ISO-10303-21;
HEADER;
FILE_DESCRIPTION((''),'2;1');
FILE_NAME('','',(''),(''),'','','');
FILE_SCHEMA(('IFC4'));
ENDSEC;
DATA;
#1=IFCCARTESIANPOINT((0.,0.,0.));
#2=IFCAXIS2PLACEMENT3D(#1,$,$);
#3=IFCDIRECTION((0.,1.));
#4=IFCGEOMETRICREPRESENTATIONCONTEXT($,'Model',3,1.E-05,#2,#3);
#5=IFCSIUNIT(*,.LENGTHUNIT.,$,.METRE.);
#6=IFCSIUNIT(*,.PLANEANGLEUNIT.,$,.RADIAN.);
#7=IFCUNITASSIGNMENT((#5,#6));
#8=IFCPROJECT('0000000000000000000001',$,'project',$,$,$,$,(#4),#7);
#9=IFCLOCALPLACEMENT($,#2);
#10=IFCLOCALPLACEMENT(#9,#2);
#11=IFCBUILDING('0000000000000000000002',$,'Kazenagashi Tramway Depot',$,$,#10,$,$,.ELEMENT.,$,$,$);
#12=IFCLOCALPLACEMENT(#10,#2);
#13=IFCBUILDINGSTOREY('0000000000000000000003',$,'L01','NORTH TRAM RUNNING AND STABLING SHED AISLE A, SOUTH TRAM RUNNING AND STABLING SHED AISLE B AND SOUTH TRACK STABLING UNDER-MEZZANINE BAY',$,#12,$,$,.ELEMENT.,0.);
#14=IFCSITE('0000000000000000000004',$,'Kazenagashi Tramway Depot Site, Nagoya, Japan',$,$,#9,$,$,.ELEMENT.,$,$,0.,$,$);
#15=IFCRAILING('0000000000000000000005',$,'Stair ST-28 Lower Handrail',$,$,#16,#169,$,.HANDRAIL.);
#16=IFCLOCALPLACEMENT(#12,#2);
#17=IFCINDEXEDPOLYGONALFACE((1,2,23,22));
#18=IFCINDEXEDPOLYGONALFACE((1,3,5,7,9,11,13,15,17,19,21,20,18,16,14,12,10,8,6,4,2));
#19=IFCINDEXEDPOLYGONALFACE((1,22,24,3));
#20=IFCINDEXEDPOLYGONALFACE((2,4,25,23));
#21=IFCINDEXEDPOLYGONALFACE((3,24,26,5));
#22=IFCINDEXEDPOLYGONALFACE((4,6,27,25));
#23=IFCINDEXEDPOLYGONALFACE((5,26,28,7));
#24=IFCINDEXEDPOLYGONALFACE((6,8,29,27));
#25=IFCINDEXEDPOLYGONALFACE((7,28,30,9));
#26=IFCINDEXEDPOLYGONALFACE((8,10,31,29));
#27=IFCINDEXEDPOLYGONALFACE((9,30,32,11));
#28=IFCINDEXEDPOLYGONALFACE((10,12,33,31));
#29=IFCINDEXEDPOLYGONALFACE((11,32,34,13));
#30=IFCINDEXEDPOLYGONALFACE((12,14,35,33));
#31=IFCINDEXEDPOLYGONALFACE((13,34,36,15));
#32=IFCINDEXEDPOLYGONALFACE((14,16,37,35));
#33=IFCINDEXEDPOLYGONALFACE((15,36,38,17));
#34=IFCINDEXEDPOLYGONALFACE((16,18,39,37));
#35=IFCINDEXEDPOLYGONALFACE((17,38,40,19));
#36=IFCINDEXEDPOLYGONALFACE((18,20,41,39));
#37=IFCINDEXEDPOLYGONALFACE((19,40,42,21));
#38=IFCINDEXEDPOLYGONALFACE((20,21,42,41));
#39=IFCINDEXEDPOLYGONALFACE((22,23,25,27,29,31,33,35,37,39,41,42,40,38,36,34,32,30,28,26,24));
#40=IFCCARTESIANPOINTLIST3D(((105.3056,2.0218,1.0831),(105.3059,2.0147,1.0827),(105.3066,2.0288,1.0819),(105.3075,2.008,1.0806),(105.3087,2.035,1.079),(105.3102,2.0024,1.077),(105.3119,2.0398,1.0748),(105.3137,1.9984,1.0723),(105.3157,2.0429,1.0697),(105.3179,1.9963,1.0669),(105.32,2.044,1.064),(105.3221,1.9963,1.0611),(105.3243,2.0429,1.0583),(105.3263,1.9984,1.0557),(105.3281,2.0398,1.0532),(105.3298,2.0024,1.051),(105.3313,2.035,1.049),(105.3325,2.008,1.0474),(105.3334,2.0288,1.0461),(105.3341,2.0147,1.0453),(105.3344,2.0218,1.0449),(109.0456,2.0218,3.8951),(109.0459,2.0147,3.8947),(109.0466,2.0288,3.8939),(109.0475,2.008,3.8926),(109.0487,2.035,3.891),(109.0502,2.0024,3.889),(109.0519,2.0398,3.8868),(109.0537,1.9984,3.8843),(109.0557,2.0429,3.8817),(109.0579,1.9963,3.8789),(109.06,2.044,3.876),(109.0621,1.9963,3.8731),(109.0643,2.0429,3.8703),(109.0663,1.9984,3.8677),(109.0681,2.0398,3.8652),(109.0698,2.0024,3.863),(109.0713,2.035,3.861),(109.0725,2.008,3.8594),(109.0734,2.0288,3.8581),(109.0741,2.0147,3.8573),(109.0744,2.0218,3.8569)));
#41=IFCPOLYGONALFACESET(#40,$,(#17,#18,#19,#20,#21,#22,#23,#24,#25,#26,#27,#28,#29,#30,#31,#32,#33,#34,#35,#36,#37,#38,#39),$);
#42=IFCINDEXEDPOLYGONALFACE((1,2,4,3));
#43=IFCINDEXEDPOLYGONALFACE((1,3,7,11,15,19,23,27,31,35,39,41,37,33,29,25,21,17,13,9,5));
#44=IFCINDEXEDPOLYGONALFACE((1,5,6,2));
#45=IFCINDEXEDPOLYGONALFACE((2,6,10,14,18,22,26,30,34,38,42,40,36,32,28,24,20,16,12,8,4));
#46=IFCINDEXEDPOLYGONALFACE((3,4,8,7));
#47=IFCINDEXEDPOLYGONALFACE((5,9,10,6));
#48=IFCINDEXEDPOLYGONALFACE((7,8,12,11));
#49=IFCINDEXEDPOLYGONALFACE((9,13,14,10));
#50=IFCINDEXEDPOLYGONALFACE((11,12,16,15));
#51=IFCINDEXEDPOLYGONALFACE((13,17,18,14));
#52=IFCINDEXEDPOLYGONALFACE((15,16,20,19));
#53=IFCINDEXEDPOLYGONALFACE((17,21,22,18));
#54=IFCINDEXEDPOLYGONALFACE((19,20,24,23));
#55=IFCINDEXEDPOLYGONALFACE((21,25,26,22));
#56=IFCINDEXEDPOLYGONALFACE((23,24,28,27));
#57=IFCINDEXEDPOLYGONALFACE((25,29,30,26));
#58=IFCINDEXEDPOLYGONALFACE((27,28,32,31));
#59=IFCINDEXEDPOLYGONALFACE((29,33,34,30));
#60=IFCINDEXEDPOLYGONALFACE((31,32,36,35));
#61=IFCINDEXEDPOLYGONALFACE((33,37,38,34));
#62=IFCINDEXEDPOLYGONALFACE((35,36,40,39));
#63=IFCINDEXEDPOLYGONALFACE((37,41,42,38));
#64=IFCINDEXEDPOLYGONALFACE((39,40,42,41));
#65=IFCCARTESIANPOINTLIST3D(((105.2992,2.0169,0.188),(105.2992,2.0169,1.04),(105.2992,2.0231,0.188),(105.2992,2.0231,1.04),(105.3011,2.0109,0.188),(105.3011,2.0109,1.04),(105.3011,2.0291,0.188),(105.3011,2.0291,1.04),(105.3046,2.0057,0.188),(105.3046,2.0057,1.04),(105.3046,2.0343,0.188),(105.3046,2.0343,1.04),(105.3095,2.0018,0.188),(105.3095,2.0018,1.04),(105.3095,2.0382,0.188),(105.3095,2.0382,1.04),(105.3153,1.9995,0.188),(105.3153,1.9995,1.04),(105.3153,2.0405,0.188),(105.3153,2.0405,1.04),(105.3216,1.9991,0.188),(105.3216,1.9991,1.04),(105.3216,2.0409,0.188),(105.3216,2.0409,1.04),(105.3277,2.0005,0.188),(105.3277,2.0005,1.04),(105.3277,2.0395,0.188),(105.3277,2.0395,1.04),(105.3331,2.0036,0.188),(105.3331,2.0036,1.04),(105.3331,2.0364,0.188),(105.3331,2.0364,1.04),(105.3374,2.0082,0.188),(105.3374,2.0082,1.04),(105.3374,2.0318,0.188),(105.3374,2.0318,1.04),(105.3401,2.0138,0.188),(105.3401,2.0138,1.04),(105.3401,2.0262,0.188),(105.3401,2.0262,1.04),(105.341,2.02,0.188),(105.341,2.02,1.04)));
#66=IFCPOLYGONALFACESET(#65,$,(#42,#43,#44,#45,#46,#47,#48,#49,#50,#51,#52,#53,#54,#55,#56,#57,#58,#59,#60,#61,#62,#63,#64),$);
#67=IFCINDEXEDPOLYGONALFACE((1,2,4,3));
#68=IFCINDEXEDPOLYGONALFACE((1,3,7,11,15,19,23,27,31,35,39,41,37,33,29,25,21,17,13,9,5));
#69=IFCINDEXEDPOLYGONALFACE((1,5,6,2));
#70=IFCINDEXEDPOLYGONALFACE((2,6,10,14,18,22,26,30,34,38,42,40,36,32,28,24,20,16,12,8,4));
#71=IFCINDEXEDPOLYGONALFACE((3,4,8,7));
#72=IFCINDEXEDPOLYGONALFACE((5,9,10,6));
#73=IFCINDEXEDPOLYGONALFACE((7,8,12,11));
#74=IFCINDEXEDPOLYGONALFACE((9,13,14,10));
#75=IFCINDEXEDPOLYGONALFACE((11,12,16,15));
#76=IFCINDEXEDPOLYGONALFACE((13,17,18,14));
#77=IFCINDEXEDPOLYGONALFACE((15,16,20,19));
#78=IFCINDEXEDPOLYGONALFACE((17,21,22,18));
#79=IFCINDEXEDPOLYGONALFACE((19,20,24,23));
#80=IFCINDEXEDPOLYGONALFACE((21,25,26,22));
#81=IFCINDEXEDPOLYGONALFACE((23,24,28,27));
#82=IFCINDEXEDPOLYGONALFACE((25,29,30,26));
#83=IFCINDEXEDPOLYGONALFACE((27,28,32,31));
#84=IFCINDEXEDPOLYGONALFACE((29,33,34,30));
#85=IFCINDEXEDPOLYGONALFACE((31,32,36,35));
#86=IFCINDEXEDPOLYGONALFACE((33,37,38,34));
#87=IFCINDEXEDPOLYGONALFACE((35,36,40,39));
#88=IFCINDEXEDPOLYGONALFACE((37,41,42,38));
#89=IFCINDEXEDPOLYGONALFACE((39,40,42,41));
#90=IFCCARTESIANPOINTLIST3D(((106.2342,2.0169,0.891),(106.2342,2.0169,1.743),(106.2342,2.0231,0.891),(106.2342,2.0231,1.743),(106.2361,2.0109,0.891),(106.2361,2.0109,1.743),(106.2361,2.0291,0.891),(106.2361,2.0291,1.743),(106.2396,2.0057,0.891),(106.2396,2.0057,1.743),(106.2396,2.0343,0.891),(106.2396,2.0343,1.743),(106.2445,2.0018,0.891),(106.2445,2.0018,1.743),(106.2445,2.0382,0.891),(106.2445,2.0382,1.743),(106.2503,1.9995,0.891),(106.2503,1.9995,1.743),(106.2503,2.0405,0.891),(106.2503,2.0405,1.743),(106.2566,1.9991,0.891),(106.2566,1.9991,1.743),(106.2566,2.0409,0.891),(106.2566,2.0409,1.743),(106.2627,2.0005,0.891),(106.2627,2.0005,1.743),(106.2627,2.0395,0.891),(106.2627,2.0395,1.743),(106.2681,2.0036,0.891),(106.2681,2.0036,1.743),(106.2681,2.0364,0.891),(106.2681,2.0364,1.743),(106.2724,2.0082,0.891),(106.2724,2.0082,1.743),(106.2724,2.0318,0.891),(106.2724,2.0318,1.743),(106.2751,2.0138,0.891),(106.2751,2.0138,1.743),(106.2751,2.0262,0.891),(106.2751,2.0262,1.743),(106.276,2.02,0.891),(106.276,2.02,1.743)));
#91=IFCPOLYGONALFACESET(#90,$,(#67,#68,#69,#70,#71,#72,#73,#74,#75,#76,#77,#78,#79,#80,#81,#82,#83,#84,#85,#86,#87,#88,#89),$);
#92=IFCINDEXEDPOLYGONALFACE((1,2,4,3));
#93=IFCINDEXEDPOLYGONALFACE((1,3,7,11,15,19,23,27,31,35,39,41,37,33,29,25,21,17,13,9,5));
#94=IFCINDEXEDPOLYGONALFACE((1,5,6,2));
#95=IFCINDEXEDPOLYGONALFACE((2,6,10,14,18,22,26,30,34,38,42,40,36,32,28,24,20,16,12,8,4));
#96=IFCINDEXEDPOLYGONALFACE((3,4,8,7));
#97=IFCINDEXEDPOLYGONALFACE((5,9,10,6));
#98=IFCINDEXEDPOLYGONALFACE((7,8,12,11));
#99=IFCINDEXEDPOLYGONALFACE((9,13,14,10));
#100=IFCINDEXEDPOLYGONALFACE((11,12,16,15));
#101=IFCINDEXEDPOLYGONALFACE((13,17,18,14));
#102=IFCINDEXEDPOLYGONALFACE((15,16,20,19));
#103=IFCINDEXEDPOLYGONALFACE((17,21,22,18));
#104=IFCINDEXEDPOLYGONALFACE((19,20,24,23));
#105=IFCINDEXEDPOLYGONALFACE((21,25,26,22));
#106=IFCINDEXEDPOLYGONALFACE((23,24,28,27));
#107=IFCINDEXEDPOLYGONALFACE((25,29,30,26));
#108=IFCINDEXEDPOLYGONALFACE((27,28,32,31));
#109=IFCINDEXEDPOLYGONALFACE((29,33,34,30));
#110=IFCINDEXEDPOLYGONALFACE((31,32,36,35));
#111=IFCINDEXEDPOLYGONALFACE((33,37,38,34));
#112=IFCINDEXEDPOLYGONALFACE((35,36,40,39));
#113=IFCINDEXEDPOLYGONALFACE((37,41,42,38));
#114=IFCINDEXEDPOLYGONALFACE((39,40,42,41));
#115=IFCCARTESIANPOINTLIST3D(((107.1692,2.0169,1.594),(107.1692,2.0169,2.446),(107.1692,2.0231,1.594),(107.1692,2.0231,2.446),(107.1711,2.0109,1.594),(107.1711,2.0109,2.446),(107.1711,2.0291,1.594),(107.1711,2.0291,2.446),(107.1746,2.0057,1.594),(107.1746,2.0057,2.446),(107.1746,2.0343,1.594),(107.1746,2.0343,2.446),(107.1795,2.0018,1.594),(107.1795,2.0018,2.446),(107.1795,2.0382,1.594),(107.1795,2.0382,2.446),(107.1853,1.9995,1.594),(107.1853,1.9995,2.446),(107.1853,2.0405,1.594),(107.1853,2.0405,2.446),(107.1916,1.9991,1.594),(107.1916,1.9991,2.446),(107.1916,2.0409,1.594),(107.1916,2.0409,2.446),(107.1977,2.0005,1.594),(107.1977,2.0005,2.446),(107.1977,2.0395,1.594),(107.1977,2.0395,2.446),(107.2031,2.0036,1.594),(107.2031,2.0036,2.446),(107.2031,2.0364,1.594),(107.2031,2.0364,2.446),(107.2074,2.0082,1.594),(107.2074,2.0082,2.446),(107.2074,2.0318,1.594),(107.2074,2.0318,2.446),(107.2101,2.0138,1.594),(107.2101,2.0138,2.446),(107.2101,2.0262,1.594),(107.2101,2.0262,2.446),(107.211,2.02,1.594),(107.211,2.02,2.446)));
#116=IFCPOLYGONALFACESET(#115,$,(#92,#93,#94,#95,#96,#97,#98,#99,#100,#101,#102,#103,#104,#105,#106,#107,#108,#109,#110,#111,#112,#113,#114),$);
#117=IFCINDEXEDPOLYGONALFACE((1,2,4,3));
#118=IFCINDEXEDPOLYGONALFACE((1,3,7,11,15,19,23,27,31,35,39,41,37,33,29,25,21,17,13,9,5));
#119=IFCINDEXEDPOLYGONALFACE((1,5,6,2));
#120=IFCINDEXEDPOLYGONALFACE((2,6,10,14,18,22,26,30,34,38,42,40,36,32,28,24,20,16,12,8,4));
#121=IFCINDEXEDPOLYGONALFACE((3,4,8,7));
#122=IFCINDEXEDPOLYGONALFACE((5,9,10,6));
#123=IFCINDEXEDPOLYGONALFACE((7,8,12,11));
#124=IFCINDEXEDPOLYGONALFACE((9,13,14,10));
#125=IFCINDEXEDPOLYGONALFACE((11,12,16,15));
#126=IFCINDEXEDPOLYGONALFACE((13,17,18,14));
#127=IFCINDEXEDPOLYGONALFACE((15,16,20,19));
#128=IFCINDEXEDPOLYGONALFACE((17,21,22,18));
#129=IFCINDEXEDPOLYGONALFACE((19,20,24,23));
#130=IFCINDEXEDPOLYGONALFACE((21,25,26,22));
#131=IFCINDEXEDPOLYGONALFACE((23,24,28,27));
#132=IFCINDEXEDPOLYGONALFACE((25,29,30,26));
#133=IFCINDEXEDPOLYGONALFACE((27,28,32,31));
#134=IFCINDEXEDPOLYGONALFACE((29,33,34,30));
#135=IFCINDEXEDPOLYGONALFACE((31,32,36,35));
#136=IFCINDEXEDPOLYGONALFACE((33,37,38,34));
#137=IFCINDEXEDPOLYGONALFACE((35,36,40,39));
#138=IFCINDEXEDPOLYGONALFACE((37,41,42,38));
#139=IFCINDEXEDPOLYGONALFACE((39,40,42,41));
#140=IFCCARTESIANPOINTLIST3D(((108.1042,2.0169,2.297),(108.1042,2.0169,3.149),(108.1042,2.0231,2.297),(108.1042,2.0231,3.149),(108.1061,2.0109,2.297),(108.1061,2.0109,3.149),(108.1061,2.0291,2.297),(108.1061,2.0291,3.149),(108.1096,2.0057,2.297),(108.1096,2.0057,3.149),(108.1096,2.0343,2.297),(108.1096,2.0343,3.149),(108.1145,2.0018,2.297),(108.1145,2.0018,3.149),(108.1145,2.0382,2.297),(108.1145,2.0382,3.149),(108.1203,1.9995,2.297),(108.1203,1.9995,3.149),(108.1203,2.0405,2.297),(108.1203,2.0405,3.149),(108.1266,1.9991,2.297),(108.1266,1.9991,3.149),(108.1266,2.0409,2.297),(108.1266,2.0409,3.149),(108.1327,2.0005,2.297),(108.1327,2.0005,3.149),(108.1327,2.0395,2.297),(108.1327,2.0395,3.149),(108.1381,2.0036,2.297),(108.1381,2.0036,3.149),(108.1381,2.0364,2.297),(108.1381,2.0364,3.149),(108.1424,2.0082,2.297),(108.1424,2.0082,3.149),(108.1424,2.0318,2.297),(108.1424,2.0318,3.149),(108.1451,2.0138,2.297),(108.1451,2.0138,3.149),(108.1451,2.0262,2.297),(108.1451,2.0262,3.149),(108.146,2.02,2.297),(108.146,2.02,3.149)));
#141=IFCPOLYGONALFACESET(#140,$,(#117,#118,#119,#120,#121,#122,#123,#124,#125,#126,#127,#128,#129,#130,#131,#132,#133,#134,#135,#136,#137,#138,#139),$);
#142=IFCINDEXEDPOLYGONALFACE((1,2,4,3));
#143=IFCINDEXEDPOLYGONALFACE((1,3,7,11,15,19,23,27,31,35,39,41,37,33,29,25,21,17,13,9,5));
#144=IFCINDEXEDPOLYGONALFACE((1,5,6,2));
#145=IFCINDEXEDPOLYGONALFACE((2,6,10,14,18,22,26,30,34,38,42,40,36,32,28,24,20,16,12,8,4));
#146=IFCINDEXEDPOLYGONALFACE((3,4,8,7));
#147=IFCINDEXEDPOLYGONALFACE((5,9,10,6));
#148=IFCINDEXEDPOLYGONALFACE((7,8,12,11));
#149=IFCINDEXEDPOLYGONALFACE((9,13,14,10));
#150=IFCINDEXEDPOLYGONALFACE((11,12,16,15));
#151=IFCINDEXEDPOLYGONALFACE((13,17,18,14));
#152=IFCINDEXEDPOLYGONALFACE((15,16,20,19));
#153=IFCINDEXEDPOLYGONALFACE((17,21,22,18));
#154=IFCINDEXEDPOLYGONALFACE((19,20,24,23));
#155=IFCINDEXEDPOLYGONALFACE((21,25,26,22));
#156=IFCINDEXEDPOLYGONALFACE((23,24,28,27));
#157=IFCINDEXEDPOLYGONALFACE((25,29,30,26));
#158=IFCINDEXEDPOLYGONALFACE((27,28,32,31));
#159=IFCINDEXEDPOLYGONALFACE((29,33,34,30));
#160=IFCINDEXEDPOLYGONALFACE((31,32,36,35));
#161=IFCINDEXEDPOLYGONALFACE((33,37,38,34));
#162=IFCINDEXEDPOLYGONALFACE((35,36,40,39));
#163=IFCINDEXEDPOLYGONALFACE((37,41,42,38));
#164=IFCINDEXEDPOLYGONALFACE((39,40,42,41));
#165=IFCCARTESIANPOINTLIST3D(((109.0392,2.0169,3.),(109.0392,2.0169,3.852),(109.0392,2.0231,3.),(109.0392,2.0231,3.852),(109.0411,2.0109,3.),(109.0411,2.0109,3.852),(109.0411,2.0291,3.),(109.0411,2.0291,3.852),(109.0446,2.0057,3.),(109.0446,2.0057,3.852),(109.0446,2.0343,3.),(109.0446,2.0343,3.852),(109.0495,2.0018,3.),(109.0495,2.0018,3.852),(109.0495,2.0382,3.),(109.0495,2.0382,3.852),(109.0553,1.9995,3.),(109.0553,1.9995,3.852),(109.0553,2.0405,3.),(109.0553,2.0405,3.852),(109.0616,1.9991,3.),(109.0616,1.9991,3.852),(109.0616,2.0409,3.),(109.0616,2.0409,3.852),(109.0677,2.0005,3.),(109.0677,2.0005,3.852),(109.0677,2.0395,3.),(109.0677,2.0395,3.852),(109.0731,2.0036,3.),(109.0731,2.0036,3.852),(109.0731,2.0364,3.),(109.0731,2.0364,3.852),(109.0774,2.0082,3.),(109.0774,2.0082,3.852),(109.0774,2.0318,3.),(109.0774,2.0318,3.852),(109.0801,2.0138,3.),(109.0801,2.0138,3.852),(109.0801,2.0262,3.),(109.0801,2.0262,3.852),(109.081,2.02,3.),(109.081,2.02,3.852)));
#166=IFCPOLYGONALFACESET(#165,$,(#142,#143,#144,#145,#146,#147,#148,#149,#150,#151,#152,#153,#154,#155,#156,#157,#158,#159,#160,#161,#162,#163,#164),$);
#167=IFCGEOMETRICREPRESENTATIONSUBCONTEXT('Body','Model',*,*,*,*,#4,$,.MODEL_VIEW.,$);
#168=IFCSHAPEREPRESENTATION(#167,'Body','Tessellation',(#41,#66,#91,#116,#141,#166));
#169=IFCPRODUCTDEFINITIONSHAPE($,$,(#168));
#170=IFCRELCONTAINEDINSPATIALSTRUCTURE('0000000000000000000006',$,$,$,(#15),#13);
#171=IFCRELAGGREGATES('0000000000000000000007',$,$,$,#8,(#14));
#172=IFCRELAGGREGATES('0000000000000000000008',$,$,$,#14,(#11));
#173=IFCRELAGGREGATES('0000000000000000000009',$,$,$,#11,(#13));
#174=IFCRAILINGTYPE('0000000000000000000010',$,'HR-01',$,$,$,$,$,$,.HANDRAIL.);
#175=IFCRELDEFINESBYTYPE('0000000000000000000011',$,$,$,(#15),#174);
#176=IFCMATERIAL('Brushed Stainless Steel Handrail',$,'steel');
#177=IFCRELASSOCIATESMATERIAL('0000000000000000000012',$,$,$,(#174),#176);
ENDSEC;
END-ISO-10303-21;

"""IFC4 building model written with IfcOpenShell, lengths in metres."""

from ifc_helpers import new_model, si_unit, direction, frame, origin, origin_2d, place, context, subcontext, project, spatial, circle, extrude, material, type_object, element, save


model = new_model("IFC4")

# Units and contexts
model_context = context("Model", 3, precision=1e-05, world=origin(), true_north=direction((0.0, 1.0)))
body_context = subcontext(model_context, "Body", "Model", "MODEL_VIEW")
ifc_project = project(units=[si_unit("LENGTHUNIT", "METRE"), si_unit("PLANEANGLEUNIT", "RADIAN")], contexts=[model_context])

# Site, building, storey
site_placement = place(None, origin())
site = spatial("IfcSite", under=ifc_project, at=site_placement, Name="Kazenagashi Tramway Depot Site, Nagoya, Japan", CompositionType="ELEMENT", RefElevation=0.0)
building_placement = place(site_placement, origin())
building = spatial("IfcBuilding", under=site, at=building_placement, Name="Kazenagashi Tramway Depot", CompositionType="ELEMENT")
storey_placement = place(building_placement, origin())
storey = spatial("IfcBuildingStorey", under=building, at=storey_placement, Name="L01", Description="NORTH TRAM RUNNING AND STABLING SHED AISLE A, SOUTH TRAM RUNNING AND STABLING SHED AISLE B AND SOUTH TRACK STABLING UNDER-MEZZANINE BAY", CompositionType="ELEMENT", Elevation=0.0)

# Railing
ifc_material_1 = material(Name="Brushed Stainless Steel Handrail", Category="steel")
railing_type = type_object("IfcRailingType", Name="HR-01", PredefinedType="HANDRAIL", material=ifc_material_1)
railing_1_placement = place(storey_placement, frame((105.32, 2.02, 0.188)))
element("IfcRailing", 1, at=railing_1_placement, inside=storey, type_object=railing_type, Name="Stair ST-28 Lower Handrail", PredefinedType="HANDRAIL", context=body_context, shape_type="SweptSolid", body=[
    extrude(circle(Radius=0.024, at=origin_2d()), frame((0.0, 0.0, 0.876), z_axis=(0.799281, 0.0, 0.600957), x_axis=(0.0, 1.0, 0.0)), (0.0, 0.0, 1.0), 4.6792),
    extrude(circle(Radius=0.021, at=origin_2d()), origin(), (0.0, 0.0, 1.0), 0.852),
    extrude(circle(Radius=0.021, at=origin_2d()), frame((0.935, 0.0, 0.703)), (0.0, 0.0, 1.0), 0.852),
    extrude(circle(Radius=0.021, at=origin_2d()), frame((1.87, 0.0, 1.406)), (0.0, 0.0, 1.0), 0.852),
    extrude(circle(Radius=0.021, at=origin_2d()), frame((2.805, 0.0, 2.109)), (0.0, 0.0, 1.0), 0.852),
    extrude(circle(Radius=0.021, at=origin_2d()), frame((3.74, 0.0, 2.812)), (0.0, 0.0, 1.0), 0.852),
])

save(model, "model.ifc")
